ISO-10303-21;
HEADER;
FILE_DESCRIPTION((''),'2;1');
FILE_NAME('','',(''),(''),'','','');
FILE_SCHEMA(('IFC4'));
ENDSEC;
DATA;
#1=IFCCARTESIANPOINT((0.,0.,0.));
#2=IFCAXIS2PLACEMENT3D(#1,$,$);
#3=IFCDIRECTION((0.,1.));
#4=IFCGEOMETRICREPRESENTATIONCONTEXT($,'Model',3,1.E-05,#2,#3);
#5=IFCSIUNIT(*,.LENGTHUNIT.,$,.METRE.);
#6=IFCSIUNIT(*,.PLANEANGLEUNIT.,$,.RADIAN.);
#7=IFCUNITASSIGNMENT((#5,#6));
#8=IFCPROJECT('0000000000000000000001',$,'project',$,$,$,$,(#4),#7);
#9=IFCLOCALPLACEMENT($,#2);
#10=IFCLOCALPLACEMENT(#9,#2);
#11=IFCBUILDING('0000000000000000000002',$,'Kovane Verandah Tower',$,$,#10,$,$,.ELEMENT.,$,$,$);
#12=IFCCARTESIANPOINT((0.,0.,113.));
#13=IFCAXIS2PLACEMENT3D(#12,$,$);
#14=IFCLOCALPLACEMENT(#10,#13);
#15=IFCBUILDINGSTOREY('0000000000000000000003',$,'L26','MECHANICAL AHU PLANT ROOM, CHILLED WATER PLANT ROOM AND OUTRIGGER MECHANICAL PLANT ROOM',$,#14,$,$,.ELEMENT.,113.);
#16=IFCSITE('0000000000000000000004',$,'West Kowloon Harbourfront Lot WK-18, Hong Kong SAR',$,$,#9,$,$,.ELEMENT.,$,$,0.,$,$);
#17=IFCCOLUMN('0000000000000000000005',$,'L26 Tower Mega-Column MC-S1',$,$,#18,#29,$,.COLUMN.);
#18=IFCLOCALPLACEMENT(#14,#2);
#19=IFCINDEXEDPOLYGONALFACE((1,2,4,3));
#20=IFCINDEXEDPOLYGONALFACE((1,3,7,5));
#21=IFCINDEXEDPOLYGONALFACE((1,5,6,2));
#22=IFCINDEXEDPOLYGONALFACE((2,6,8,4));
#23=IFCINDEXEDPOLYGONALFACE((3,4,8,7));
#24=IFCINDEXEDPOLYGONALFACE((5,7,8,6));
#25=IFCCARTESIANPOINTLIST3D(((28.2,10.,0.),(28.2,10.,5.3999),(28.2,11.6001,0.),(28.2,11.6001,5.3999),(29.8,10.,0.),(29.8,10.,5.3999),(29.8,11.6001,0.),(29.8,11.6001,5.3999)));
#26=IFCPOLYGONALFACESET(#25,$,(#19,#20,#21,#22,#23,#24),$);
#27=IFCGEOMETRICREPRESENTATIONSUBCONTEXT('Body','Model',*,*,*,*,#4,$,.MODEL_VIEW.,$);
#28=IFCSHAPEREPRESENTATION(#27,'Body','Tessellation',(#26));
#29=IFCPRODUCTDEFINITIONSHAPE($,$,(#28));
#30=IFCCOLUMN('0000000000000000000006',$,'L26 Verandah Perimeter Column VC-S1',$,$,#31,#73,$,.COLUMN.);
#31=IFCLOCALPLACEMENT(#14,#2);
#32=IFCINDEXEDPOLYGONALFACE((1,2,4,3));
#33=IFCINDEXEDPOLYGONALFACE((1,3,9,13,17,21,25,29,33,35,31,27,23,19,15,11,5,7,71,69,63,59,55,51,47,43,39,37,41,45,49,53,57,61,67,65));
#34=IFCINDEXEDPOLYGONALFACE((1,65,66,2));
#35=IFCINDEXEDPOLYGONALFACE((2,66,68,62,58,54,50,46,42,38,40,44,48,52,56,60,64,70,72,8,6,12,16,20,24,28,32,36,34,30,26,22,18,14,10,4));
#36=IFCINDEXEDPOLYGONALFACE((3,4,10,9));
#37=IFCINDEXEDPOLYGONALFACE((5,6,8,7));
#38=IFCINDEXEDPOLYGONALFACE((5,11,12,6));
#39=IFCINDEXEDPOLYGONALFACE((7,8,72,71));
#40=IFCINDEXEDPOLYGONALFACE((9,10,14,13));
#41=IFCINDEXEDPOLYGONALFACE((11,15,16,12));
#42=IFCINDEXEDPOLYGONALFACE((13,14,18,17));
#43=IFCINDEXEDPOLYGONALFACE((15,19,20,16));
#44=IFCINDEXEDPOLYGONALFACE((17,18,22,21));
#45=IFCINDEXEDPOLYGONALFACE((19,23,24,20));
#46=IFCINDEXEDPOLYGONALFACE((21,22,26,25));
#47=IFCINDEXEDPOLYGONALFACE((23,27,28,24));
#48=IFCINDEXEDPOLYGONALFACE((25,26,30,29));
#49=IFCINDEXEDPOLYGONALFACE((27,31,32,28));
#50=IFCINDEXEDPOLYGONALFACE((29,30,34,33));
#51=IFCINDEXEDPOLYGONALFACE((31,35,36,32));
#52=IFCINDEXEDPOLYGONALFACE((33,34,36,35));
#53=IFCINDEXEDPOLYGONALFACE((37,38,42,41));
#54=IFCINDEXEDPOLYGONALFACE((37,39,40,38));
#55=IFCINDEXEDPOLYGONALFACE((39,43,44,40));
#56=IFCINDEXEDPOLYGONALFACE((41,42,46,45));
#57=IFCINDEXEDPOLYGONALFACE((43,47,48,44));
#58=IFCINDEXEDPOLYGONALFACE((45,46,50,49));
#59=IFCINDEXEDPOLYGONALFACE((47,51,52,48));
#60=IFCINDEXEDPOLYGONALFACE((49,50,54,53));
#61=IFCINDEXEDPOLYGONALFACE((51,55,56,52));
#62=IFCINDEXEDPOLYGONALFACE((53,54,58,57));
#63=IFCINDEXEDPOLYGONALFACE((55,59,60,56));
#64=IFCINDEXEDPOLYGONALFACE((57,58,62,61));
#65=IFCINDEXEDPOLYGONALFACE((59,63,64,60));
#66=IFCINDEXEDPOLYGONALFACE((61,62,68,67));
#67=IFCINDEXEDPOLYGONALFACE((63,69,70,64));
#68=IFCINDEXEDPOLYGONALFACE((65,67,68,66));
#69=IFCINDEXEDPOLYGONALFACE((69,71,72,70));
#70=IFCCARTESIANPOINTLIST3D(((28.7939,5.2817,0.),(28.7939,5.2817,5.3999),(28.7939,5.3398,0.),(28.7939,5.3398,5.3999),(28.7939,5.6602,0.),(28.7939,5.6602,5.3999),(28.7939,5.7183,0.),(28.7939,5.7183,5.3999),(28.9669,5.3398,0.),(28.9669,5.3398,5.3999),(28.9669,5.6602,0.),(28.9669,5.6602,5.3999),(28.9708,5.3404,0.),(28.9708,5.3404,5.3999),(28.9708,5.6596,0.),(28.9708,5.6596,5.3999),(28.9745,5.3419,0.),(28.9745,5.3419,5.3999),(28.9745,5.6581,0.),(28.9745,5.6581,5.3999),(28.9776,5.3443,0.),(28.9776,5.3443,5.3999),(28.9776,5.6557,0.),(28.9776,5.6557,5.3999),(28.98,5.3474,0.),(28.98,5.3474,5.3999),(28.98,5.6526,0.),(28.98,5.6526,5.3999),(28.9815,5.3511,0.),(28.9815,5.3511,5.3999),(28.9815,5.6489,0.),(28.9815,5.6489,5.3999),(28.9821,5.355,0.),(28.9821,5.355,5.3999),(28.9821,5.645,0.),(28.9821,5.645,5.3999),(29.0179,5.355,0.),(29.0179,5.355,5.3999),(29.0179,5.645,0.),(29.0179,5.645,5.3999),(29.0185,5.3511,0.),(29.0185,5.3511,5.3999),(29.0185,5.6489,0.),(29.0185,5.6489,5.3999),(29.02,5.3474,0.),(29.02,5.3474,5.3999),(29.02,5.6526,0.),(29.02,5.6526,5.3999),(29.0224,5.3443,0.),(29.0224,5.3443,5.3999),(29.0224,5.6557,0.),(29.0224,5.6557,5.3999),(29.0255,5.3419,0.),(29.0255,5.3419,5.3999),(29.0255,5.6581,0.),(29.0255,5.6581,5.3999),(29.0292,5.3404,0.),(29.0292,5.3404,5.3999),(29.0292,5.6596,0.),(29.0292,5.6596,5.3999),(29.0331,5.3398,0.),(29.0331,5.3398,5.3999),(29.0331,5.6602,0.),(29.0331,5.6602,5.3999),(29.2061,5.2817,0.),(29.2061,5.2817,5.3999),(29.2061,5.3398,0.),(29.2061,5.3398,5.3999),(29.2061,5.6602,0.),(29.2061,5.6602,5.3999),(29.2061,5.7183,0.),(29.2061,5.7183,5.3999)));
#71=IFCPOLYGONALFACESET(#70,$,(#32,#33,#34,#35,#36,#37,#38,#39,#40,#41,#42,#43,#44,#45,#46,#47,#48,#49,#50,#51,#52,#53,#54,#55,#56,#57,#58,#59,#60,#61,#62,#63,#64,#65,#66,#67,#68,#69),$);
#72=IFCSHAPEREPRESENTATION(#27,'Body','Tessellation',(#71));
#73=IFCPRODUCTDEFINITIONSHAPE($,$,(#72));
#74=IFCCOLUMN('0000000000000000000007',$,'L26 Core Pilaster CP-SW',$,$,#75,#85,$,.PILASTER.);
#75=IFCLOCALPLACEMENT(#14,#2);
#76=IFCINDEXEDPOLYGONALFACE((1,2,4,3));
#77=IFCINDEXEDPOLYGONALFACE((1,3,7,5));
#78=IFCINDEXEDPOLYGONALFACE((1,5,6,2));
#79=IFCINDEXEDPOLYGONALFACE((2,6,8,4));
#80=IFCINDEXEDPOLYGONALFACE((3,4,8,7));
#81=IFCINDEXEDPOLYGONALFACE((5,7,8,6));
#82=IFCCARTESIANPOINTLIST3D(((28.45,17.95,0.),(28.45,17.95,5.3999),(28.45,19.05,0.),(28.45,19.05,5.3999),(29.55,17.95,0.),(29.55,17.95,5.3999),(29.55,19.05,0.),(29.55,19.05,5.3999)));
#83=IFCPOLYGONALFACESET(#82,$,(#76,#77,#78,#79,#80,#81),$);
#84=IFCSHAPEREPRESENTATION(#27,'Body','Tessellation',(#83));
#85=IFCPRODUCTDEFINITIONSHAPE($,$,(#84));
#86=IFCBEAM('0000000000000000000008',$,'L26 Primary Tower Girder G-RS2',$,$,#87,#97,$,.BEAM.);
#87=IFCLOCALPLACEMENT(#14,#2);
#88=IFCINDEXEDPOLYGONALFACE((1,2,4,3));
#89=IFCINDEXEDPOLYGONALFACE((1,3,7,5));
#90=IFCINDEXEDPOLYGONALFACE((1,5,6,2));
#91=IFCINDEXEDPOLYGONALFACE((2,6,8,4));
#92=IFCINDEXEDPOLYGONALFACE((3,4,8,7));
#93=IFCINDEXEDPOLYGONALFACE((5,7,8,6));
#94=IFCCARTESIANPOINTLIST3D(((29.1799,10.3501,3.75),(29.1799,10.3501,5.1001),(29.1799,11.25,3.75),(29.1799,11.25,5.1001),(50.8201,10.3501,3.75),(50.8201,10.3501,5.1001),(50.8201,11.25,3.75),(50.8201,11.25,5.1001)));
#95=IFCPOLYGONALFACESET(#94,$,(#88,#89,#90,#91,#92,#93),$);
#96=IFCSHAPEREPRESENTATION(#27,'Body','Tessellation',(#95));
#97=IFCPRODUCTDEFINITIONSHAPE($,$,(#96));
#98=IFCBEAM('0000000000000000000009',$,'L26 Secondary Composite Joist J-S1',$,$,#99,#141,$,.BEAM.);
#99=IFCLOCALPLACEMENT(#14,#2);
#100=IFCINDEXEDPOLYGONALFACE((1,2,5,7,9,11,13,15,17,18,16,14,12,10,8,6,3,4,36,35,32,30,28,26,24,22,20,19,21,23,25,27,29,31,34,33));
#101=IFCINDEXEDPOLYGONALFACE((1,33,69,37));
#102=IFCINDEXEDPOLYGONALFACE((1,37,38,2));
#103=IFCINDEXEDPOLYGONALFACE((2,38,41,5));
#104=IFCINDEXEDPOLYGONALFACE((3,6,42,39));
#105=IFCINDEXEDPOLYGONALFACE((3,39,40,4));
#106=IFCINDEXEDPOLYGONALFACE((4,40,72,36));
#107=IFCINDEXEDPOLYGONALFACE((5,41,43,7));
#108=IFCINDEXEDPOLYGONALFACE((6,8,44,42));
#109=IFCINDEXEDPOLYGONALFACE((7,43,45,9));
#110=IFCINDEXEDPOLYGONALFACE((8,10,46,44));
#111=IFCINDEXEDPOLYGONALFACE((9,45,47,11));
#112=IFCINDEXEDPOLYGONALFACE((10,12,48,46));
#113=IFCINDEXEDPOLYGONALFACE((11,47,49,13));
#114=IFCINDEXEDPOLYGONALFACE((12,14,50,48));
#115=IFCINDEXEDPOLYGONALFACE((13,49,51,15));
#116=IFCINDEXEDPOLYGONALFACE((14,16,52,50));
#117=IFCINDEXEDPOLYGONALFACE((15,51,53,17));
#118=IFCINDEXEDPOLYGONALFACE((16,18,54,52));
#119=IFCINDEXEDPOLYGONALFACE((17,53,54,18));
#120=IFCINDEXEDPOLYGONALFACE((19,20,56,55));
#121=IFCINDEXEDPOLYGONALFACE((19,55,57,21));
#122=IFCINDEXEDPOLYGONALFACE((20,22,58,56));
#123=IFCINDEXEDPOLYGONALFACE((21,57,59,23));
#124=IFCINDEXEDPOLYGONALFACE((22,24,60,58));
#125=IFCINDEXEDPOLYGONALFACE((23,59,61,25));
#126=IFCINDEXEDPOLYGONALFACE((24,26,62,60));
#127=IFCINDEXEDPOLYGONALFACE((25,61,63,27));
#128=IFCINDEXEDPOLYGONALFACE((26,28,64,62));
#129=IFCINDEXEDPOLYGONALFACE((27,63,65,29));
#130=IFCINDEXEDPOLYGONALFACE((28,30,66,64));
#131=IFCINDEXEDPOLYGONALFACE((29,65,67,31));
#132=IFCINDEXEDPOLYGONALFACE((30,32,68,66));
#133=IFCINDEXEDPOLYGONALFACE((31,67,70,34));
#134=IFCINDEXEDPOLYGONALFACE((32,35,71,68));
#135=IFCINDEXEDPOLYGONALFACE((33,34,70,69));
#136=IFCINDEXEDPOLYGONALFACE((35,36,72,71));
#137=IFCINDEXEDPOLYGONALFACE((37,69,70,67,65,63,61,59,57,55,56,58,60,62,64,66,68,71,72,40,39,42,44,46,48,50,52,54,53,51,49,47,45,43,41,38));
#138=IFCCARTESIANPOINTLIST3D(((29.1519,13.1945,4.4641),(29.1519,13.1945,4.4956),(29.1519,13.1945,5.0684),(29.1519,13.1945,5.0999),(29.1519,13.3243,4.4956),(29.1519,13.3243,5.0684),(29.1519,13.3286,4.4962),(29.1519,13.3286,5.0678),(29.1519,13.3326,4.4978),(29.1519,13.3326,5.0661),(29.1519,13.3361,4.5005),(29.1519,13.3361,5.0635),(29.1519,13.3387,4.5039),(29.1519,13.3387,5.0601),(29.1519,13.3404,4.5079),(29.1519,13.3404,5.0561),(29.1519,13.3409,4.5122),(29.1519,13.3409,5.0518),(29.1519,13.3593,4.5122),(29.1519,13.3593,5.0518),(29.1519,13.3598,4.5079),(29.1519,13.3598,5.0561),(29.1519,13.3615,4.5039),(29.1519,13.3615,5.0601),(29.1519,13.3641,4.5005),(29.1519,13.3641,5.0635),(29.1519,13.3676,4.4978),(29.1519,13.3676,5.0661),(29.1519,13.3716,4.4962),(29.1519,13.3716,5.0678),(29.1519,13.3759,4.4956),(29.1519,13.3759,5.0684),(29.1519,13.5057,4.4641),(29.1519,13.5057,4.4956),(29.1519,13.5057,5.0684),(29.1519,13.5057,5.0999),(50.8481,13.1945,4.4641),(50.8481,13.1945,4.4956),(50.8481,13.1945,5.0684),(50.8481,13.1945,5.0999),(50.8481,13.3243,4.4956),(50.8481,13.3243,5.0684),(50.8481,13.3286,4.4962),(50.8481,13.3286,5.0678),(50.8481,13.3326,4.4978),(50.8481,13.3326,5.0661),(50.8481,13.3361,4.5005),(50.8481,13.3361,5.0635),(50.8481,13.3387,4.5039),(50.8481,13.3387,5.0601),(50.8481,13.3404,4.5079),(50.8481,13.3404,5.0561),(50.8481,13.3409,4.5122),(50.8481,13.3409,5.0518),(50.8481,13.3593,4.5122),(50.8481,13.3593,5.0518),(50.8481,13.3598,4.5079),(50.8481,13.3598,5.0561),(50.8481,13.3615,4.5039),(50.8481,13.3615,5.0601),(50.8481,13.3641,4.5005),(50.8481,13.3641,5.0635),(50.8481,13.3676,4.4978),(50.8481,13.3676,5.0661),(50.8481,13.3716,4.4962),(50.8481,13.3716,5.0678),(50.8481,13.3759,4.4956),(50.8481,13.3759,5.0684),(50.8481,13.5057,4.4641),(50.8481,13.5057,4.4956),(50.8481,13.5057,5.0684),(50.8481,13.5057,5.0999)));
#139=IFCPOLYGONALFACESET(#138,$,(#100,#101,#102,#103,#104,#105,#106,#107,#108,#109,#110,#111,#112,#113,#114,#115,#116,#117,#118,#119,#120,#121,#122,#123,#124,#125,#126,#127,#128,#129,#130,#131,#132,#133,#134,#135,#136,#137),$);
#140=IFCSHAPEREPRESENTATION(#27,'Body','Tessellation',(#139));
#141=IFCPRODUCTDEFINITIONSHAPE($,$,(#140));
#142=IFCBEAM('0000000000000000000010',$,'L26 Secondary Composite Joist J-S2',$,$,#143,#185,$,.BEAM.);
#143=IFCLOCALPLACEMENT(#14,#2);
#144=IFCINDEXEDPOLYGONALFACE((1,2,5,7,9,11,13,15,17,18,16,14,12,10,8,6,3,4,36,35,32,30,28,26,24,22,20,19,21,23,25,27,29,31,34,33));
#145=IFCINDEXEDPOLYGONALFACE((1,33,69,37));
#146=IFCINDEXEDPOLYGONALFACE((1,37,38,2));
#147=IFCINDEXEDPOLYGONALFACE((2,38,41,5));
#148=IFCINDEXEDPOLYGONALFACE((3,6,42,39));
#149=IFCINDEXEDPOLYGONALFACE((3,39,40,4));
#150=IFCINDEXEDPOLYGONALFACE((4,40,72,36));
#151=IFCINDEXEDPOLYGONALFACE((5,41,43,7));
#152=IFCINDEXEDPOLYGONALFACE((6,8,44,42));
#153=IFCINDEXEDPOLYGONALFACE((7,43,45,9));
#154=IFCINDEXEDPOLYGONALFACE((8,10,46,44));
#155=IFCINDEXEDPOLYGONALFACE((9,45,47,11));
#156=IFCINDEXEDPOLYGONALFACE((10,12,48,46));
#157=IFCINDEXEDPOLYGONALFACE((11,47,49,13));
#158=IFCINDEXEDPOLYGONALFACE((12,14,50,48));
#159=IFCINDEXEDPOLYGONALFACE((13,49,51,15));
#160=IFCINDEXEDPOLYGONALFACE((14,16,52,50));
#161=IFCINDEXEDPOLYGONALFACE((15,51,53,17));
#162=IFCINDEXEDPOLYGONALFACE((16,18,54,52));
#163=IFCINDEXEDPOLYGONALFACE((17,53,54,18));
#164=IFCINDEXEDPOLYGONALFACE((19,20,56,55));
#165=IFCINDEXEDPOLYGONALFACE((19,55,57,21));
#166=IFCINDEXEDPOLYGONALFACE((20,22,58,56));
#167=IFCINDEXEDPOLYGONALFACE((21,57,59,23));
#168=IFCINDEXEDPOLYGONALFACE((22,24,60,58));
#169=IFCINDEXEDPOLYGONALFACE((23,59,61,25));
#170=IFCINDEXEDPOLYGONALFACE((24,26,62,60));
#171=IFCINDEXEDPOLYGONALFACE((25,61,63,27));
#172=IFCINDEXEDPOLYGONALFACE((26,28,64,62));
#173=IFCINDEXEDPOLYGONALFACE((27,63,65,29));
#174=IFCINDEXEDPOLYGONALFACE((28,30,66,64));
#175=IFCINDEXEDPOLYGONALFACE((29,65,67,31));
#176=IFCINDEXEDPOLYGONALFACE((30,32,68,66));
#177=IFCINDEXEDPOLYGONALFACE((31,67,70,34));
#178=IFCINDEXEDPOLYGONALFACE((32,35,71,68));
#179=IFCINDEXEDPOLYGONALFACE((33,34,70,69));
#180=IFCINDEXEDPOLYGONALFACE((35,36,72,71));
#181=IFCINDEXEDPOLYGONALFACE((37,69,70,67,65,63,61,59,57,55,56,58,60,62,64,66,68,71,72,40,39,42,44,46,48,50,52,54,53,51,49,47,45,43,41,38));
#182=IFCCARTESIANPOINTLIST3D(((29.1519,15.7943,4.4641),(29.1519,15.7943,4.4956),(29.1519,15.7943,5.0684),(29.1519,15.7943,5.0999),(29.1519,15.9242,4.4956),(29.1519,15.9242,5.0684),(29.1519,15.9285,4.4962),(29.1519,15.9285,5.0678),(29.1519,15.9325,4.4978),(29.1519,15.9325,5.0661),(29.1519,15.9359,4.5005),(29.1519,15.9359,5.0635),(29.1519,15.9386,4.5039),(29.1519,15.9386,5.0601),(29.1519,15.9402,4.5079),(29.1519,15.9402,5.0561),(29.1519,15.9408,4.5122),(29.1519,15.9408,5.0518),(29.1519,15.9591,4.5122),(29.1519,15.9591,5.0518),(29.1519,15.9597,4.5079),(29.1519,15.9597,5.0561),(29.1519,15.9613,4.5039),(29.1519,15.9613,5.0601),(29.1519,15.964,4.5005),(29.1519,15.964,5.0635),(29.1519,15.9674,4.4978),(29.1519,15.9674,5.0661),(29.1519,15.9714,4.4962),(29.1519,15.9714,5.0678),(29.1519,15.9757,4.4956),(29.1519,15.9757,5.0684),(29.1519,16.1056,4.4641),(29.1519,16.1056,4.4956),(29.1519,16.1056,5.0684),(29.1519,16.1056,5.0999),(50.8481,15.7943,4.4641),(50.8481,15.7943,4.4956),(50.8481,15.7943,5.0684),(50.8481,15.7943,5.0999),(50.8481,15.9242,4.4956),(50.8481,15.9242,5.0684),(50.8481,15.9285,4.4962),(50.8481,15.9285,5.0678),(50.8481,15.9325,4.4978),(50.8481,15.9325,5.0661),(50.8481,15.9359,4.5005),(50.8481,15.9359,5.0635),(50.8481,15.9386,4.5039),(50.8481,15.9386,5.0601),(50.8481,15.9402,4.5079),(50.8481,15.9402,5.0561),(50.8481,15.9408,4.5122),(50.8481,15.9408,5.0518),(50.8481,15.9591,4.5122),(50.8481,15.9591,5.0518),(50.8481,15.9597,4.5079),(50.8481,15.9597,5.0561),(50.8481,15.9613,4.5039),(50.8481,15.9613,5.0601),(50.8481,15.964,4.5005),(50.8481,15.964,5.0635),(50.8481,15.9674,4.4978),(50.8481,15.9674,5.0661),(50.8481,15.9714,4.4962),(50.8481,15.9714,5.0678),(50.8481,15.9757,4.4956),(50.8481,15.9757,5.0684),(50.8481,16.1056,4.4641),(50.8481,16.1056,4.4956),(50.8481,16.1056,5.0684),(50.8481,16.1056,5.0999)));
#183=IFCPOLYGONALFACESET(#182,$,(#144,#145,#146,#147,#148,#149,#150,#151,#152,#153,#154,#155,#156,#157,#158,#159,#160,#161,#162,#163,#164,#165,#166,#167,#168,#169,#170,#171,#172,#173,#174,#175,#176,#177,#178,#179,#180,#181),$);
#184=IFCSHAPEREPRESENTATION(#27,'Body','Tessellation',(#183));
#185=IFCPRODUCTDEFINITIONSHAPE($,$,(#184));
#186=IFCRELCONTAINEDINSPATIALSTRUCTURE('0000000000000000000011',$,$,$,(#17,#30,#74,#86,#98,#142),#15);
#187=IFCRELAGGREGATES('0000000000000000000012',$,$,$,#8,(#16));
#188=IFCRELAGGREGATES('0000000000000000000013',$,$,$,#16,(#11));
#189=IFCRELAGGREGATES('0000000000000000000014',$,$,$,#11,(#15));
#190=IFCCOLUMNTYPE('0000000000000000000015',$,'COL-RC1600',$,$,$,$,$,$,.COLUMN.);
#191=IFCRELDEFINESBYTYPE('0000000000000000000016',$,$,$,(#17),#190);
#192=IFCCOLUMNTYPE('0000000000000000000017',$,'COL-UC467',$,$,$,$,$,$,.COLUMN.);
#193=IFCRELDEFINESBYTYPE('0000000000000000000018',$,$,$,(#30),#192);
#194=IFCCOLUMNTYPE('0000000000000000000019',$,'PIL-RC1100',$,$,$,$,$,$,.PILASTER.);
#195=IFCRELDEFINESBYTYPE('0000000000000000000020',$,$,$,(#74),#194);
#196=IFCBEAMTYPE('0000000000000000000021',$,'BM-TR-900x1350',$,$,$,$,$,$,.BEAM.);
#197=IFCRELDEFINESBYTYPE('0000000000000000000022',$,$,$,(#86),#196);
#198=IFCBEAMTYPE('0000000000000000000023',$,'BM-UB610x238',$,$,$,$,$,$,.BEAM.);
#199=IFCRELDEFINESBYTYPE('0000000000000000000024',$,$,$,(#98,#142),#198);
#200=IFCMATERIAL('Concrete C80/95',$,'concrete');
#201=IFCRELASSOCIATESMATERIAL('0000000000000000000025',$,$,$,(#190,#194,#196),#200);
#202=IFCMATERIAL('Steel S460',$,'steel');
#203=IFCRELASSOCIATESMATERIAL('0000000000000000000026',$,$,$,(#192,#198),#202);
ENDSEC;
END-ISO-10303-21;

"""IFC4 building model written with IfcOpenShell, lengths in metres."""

from ifc_helpers import new_model, si_unit, direction, frame, origin, origin_2d, place, context, subcontext, project, spatial, rectangle, i_section, extrude, material, material_profile, profile_set, type_object, element, save


model = new_model("IFC4")

# Units and contexts
model_context = context("Model", 3, precision=1e-05, world=origin(), true_north=direction((0.0, 1.0)))
body_context = subcontext(model_context, "Body", "Model", "MODEL_VIEW")
ifc_project = project(units=[si_unit("LENGTHUNIT", "METRE"), si_unit("PLANEANGLEUNIT", "RADIAN")], contexts=[model_context])

# Site, building, storey
site_placement = place(None, origin())
site = spatial("IfcSite", under=ifc_project, at=site_placement, Name="West Kowloon Harbourfront Lot WK-18, Hong Kong SAR", CompositionType="ELEMENT", RefElevation=0.0)
building_placement = place(site_placement, origin())
building = spatial("IfcBuilding", under=site, at=building_placement, Name="Kovane Verandah Tower", CompositionType="ELEMENT")
storey_placement = place(building_placement, frame((0.0, 0.0, 113.0)))
storey = spatial("IfcBuildingStorey", under=building, at=storey_placement, Name="L26", Description="MECHANICAL AHU PLANT ROOM, CHILLED WATER PLANT ROOM AND OUTRIGGER MECHANICAL PLANT ROOM", CompositionType="ELEMENT", Elevation=113.0)

# Columns
ifc_material_1 = material(Name="Concrete C80/95", Category="concrete")
ifc_material_profile_1 = material_profile(ifc_material_1, rectangle(XDim=1.6001, YDim=1.6001, at=origin_2d()), Name="RC1600x1600")
ifc_profile_set_1 = profile_set([ifc_material_profile_1], Name="Concrete C80/95")
column_type_1 = type_object("IfcColumnType", Name="COL-RC1600", PredefinedType="COLUMN", material=ifc_profile_set_1)
column_1_placement = place(storey_placement, frame((29.0, 10.8, 0.0), z_axis=(0.0, 0.0, 1.0), x_axis=(1.0, 0.0, 0.0)))
element("IfcColumn", 1, at=column_1_placement, inside=storey, type_object=column_type_1, Name="L26 Tower Mega-Column MC-S1", PredefinedType="COLUMN", context=body_context, shape_type="SweptSolid", body=[
    extrude(rectangle(XDim=1.6001, YDim=1.6001, at=origin_2d()), origin(), (0.0, 0.0, 1.0), 5.3999),
])
ifc_material_2 = material(Name="Steel S460", Category="steel")
ifc_material_profile_2 = material_profile(ifc_material_2, i_section(OverallWidth=0.4121, OverallDepth=0.4365, WebThickness=0.0359, FlangeThickness=0.0581, FilletRadius=0.0151, at=origin_2d()), Name="UC356x406x467")
ifc_profile_set_2 = profile_set([ifc_material_profile_2], Name="Steel S460")
column_type_2 = type_object("IfcColumnType", Name="COL-UC467", PredefinedType="COLUMN", material=ifc_profile_set_2)
column_2_placement = place(storey_placement, frame((29.0, 5.5, 0.0), z_axis=(0.0, 0.0, 1.0), x_axis=(1.0, 0.0, 0.0)))
element("IfcColumn", 2, at=column_2_placement, inside=storey, type_object=column_type_2, Name="L26 Verandah Perimeter Column VC-S1", PredefinedType="COLUMN", context=body_context, shape_type="SweptSolid", body=[
    extrude(i_section(OverallWidth=0.4121, OverallDepth=0.4365, WebThickness=0.0359, FlangeThickness=0.0581, FilletRadius=0.0151, at=origin_2d()), origin(), (0.0, 0.0, 1.0), 5.3999),
])
ifc_material_profile_3 = material_profile(ifc_material_1, rectangle(XDim=1.1001, YDim=1.1001, at=origin_2d()), Name="RC1100x1100")
ifc_profile_set_3 = profile_set([ifc_material_profile_3], Name="Concrete C80/95")
column_type_3 = type_object("IfcColumnType", Name="PIL-RC1100", PredefinedType="PILASTER", material=ifc_profile_set_3)
column_3_placement = place(storey_placement, frame((29.0, 18.5, 0.0), z_axis=(0.0, 0.0, 1.0), x_axis=(1.0, 0.0, 0.0)))
element("IfcColumn", 3, at=column_3_placement, inside=storey, type_object=column_type_3, Name="L26 Core Pilaster CP-SW", PredefinedType="PILASTER", context=body_context, shape_type="SweptSolid", body=[
    extrude(rectangle(XDim=1.1001, YDim=1.1001, at=origin_2d()), origin(), (0.0, 0.0, 1.0), 5.3999),
])

# Beams
ifc_material_profile_4 = material_profile(ifc_material_1, rectangle(XDim=0.8999, YDim=1.3501, at=origin_2d()), Name="RCB900x1350")
ifc_profile_set_4 = profile_set([ifc_material_profile_4], Name="Concrete C80/95")
beam_type_1 = type_object("IfcBeamType", Name="BM-TR-900x1350", PredefinedType="BEAM", material=ifc_profile_set_4)
beam_1_placement = place(storey_placement, frame((29.1799, 10.8, 4.425), z_axis=(1.0, 0.0, 0.0), x_axis=(0.0, 1.0, 0.0)))
element("IfcBeam", 4, at=beam_1_placement, inside=storey, type_object=beam_type_1, Name="L26 Primary Tower Girder G-RS2", PredefinedType="BEAM", context=body_context, shape_type="SweptSolid", body=[
    extrude(rectangle(XDim=0.8999, YDim=1.3501, at=origin_2d()), origin(), (0.0, 0.0, 1.0), 21.6401),
])
ifc_material_profile_5 = material_profile(ifc_material_2, i_section(OverallWidth=0.3113, OverallDepth=0.6357, WebThickness=0.0183, FlangeThickness=0.0315, FilletRadius=0.0166, at=origin_2d()), Name="UB610x305x238")
ifc_profile_set_5 = profile_set([ifc_material_profile_5], Name="Steel S460")
beam_type_2 = type_object("IfcBeamType", Name="BM-UB610x238", PredefinedType="BEAM", material=ifc_profile_set_5)
for number, where, z_axis, x_axis, name in (
    (5, (29.1519, 13.3501, 4.782), (1.0, 0.0, 0.0), (0.0, 1.0, 0.0), "L26 Secondary Composite Joist J-S1"),
    (6, (29.1519, 15.95, 4.782), (1.0, 0.0, 0.0), (0.0, 1.0, 0.0), "L26 Secondary Composite Joist J-S2"),
):
    element("IfcBeam", number, at=place(storey_placement, frame(where, z_axis=z_axis, x_axis=x_axis)), inside=storey, type_object=beam_type_2, Name=name, PredefinedType="BEAM", context=body_context, shape_type="SweptSolid", body=[
        extrude(i_section(OverallWidth=0.3113, OverallDepth=0.6357, WebThickness=0.0183, FlangeThickness=0.0315, FilletRadius=0.0166, at=origin_2d()), origin(), (0.0, 0.0, 1.0), 21.6963),
    ])

save(model, "model.ifc")
